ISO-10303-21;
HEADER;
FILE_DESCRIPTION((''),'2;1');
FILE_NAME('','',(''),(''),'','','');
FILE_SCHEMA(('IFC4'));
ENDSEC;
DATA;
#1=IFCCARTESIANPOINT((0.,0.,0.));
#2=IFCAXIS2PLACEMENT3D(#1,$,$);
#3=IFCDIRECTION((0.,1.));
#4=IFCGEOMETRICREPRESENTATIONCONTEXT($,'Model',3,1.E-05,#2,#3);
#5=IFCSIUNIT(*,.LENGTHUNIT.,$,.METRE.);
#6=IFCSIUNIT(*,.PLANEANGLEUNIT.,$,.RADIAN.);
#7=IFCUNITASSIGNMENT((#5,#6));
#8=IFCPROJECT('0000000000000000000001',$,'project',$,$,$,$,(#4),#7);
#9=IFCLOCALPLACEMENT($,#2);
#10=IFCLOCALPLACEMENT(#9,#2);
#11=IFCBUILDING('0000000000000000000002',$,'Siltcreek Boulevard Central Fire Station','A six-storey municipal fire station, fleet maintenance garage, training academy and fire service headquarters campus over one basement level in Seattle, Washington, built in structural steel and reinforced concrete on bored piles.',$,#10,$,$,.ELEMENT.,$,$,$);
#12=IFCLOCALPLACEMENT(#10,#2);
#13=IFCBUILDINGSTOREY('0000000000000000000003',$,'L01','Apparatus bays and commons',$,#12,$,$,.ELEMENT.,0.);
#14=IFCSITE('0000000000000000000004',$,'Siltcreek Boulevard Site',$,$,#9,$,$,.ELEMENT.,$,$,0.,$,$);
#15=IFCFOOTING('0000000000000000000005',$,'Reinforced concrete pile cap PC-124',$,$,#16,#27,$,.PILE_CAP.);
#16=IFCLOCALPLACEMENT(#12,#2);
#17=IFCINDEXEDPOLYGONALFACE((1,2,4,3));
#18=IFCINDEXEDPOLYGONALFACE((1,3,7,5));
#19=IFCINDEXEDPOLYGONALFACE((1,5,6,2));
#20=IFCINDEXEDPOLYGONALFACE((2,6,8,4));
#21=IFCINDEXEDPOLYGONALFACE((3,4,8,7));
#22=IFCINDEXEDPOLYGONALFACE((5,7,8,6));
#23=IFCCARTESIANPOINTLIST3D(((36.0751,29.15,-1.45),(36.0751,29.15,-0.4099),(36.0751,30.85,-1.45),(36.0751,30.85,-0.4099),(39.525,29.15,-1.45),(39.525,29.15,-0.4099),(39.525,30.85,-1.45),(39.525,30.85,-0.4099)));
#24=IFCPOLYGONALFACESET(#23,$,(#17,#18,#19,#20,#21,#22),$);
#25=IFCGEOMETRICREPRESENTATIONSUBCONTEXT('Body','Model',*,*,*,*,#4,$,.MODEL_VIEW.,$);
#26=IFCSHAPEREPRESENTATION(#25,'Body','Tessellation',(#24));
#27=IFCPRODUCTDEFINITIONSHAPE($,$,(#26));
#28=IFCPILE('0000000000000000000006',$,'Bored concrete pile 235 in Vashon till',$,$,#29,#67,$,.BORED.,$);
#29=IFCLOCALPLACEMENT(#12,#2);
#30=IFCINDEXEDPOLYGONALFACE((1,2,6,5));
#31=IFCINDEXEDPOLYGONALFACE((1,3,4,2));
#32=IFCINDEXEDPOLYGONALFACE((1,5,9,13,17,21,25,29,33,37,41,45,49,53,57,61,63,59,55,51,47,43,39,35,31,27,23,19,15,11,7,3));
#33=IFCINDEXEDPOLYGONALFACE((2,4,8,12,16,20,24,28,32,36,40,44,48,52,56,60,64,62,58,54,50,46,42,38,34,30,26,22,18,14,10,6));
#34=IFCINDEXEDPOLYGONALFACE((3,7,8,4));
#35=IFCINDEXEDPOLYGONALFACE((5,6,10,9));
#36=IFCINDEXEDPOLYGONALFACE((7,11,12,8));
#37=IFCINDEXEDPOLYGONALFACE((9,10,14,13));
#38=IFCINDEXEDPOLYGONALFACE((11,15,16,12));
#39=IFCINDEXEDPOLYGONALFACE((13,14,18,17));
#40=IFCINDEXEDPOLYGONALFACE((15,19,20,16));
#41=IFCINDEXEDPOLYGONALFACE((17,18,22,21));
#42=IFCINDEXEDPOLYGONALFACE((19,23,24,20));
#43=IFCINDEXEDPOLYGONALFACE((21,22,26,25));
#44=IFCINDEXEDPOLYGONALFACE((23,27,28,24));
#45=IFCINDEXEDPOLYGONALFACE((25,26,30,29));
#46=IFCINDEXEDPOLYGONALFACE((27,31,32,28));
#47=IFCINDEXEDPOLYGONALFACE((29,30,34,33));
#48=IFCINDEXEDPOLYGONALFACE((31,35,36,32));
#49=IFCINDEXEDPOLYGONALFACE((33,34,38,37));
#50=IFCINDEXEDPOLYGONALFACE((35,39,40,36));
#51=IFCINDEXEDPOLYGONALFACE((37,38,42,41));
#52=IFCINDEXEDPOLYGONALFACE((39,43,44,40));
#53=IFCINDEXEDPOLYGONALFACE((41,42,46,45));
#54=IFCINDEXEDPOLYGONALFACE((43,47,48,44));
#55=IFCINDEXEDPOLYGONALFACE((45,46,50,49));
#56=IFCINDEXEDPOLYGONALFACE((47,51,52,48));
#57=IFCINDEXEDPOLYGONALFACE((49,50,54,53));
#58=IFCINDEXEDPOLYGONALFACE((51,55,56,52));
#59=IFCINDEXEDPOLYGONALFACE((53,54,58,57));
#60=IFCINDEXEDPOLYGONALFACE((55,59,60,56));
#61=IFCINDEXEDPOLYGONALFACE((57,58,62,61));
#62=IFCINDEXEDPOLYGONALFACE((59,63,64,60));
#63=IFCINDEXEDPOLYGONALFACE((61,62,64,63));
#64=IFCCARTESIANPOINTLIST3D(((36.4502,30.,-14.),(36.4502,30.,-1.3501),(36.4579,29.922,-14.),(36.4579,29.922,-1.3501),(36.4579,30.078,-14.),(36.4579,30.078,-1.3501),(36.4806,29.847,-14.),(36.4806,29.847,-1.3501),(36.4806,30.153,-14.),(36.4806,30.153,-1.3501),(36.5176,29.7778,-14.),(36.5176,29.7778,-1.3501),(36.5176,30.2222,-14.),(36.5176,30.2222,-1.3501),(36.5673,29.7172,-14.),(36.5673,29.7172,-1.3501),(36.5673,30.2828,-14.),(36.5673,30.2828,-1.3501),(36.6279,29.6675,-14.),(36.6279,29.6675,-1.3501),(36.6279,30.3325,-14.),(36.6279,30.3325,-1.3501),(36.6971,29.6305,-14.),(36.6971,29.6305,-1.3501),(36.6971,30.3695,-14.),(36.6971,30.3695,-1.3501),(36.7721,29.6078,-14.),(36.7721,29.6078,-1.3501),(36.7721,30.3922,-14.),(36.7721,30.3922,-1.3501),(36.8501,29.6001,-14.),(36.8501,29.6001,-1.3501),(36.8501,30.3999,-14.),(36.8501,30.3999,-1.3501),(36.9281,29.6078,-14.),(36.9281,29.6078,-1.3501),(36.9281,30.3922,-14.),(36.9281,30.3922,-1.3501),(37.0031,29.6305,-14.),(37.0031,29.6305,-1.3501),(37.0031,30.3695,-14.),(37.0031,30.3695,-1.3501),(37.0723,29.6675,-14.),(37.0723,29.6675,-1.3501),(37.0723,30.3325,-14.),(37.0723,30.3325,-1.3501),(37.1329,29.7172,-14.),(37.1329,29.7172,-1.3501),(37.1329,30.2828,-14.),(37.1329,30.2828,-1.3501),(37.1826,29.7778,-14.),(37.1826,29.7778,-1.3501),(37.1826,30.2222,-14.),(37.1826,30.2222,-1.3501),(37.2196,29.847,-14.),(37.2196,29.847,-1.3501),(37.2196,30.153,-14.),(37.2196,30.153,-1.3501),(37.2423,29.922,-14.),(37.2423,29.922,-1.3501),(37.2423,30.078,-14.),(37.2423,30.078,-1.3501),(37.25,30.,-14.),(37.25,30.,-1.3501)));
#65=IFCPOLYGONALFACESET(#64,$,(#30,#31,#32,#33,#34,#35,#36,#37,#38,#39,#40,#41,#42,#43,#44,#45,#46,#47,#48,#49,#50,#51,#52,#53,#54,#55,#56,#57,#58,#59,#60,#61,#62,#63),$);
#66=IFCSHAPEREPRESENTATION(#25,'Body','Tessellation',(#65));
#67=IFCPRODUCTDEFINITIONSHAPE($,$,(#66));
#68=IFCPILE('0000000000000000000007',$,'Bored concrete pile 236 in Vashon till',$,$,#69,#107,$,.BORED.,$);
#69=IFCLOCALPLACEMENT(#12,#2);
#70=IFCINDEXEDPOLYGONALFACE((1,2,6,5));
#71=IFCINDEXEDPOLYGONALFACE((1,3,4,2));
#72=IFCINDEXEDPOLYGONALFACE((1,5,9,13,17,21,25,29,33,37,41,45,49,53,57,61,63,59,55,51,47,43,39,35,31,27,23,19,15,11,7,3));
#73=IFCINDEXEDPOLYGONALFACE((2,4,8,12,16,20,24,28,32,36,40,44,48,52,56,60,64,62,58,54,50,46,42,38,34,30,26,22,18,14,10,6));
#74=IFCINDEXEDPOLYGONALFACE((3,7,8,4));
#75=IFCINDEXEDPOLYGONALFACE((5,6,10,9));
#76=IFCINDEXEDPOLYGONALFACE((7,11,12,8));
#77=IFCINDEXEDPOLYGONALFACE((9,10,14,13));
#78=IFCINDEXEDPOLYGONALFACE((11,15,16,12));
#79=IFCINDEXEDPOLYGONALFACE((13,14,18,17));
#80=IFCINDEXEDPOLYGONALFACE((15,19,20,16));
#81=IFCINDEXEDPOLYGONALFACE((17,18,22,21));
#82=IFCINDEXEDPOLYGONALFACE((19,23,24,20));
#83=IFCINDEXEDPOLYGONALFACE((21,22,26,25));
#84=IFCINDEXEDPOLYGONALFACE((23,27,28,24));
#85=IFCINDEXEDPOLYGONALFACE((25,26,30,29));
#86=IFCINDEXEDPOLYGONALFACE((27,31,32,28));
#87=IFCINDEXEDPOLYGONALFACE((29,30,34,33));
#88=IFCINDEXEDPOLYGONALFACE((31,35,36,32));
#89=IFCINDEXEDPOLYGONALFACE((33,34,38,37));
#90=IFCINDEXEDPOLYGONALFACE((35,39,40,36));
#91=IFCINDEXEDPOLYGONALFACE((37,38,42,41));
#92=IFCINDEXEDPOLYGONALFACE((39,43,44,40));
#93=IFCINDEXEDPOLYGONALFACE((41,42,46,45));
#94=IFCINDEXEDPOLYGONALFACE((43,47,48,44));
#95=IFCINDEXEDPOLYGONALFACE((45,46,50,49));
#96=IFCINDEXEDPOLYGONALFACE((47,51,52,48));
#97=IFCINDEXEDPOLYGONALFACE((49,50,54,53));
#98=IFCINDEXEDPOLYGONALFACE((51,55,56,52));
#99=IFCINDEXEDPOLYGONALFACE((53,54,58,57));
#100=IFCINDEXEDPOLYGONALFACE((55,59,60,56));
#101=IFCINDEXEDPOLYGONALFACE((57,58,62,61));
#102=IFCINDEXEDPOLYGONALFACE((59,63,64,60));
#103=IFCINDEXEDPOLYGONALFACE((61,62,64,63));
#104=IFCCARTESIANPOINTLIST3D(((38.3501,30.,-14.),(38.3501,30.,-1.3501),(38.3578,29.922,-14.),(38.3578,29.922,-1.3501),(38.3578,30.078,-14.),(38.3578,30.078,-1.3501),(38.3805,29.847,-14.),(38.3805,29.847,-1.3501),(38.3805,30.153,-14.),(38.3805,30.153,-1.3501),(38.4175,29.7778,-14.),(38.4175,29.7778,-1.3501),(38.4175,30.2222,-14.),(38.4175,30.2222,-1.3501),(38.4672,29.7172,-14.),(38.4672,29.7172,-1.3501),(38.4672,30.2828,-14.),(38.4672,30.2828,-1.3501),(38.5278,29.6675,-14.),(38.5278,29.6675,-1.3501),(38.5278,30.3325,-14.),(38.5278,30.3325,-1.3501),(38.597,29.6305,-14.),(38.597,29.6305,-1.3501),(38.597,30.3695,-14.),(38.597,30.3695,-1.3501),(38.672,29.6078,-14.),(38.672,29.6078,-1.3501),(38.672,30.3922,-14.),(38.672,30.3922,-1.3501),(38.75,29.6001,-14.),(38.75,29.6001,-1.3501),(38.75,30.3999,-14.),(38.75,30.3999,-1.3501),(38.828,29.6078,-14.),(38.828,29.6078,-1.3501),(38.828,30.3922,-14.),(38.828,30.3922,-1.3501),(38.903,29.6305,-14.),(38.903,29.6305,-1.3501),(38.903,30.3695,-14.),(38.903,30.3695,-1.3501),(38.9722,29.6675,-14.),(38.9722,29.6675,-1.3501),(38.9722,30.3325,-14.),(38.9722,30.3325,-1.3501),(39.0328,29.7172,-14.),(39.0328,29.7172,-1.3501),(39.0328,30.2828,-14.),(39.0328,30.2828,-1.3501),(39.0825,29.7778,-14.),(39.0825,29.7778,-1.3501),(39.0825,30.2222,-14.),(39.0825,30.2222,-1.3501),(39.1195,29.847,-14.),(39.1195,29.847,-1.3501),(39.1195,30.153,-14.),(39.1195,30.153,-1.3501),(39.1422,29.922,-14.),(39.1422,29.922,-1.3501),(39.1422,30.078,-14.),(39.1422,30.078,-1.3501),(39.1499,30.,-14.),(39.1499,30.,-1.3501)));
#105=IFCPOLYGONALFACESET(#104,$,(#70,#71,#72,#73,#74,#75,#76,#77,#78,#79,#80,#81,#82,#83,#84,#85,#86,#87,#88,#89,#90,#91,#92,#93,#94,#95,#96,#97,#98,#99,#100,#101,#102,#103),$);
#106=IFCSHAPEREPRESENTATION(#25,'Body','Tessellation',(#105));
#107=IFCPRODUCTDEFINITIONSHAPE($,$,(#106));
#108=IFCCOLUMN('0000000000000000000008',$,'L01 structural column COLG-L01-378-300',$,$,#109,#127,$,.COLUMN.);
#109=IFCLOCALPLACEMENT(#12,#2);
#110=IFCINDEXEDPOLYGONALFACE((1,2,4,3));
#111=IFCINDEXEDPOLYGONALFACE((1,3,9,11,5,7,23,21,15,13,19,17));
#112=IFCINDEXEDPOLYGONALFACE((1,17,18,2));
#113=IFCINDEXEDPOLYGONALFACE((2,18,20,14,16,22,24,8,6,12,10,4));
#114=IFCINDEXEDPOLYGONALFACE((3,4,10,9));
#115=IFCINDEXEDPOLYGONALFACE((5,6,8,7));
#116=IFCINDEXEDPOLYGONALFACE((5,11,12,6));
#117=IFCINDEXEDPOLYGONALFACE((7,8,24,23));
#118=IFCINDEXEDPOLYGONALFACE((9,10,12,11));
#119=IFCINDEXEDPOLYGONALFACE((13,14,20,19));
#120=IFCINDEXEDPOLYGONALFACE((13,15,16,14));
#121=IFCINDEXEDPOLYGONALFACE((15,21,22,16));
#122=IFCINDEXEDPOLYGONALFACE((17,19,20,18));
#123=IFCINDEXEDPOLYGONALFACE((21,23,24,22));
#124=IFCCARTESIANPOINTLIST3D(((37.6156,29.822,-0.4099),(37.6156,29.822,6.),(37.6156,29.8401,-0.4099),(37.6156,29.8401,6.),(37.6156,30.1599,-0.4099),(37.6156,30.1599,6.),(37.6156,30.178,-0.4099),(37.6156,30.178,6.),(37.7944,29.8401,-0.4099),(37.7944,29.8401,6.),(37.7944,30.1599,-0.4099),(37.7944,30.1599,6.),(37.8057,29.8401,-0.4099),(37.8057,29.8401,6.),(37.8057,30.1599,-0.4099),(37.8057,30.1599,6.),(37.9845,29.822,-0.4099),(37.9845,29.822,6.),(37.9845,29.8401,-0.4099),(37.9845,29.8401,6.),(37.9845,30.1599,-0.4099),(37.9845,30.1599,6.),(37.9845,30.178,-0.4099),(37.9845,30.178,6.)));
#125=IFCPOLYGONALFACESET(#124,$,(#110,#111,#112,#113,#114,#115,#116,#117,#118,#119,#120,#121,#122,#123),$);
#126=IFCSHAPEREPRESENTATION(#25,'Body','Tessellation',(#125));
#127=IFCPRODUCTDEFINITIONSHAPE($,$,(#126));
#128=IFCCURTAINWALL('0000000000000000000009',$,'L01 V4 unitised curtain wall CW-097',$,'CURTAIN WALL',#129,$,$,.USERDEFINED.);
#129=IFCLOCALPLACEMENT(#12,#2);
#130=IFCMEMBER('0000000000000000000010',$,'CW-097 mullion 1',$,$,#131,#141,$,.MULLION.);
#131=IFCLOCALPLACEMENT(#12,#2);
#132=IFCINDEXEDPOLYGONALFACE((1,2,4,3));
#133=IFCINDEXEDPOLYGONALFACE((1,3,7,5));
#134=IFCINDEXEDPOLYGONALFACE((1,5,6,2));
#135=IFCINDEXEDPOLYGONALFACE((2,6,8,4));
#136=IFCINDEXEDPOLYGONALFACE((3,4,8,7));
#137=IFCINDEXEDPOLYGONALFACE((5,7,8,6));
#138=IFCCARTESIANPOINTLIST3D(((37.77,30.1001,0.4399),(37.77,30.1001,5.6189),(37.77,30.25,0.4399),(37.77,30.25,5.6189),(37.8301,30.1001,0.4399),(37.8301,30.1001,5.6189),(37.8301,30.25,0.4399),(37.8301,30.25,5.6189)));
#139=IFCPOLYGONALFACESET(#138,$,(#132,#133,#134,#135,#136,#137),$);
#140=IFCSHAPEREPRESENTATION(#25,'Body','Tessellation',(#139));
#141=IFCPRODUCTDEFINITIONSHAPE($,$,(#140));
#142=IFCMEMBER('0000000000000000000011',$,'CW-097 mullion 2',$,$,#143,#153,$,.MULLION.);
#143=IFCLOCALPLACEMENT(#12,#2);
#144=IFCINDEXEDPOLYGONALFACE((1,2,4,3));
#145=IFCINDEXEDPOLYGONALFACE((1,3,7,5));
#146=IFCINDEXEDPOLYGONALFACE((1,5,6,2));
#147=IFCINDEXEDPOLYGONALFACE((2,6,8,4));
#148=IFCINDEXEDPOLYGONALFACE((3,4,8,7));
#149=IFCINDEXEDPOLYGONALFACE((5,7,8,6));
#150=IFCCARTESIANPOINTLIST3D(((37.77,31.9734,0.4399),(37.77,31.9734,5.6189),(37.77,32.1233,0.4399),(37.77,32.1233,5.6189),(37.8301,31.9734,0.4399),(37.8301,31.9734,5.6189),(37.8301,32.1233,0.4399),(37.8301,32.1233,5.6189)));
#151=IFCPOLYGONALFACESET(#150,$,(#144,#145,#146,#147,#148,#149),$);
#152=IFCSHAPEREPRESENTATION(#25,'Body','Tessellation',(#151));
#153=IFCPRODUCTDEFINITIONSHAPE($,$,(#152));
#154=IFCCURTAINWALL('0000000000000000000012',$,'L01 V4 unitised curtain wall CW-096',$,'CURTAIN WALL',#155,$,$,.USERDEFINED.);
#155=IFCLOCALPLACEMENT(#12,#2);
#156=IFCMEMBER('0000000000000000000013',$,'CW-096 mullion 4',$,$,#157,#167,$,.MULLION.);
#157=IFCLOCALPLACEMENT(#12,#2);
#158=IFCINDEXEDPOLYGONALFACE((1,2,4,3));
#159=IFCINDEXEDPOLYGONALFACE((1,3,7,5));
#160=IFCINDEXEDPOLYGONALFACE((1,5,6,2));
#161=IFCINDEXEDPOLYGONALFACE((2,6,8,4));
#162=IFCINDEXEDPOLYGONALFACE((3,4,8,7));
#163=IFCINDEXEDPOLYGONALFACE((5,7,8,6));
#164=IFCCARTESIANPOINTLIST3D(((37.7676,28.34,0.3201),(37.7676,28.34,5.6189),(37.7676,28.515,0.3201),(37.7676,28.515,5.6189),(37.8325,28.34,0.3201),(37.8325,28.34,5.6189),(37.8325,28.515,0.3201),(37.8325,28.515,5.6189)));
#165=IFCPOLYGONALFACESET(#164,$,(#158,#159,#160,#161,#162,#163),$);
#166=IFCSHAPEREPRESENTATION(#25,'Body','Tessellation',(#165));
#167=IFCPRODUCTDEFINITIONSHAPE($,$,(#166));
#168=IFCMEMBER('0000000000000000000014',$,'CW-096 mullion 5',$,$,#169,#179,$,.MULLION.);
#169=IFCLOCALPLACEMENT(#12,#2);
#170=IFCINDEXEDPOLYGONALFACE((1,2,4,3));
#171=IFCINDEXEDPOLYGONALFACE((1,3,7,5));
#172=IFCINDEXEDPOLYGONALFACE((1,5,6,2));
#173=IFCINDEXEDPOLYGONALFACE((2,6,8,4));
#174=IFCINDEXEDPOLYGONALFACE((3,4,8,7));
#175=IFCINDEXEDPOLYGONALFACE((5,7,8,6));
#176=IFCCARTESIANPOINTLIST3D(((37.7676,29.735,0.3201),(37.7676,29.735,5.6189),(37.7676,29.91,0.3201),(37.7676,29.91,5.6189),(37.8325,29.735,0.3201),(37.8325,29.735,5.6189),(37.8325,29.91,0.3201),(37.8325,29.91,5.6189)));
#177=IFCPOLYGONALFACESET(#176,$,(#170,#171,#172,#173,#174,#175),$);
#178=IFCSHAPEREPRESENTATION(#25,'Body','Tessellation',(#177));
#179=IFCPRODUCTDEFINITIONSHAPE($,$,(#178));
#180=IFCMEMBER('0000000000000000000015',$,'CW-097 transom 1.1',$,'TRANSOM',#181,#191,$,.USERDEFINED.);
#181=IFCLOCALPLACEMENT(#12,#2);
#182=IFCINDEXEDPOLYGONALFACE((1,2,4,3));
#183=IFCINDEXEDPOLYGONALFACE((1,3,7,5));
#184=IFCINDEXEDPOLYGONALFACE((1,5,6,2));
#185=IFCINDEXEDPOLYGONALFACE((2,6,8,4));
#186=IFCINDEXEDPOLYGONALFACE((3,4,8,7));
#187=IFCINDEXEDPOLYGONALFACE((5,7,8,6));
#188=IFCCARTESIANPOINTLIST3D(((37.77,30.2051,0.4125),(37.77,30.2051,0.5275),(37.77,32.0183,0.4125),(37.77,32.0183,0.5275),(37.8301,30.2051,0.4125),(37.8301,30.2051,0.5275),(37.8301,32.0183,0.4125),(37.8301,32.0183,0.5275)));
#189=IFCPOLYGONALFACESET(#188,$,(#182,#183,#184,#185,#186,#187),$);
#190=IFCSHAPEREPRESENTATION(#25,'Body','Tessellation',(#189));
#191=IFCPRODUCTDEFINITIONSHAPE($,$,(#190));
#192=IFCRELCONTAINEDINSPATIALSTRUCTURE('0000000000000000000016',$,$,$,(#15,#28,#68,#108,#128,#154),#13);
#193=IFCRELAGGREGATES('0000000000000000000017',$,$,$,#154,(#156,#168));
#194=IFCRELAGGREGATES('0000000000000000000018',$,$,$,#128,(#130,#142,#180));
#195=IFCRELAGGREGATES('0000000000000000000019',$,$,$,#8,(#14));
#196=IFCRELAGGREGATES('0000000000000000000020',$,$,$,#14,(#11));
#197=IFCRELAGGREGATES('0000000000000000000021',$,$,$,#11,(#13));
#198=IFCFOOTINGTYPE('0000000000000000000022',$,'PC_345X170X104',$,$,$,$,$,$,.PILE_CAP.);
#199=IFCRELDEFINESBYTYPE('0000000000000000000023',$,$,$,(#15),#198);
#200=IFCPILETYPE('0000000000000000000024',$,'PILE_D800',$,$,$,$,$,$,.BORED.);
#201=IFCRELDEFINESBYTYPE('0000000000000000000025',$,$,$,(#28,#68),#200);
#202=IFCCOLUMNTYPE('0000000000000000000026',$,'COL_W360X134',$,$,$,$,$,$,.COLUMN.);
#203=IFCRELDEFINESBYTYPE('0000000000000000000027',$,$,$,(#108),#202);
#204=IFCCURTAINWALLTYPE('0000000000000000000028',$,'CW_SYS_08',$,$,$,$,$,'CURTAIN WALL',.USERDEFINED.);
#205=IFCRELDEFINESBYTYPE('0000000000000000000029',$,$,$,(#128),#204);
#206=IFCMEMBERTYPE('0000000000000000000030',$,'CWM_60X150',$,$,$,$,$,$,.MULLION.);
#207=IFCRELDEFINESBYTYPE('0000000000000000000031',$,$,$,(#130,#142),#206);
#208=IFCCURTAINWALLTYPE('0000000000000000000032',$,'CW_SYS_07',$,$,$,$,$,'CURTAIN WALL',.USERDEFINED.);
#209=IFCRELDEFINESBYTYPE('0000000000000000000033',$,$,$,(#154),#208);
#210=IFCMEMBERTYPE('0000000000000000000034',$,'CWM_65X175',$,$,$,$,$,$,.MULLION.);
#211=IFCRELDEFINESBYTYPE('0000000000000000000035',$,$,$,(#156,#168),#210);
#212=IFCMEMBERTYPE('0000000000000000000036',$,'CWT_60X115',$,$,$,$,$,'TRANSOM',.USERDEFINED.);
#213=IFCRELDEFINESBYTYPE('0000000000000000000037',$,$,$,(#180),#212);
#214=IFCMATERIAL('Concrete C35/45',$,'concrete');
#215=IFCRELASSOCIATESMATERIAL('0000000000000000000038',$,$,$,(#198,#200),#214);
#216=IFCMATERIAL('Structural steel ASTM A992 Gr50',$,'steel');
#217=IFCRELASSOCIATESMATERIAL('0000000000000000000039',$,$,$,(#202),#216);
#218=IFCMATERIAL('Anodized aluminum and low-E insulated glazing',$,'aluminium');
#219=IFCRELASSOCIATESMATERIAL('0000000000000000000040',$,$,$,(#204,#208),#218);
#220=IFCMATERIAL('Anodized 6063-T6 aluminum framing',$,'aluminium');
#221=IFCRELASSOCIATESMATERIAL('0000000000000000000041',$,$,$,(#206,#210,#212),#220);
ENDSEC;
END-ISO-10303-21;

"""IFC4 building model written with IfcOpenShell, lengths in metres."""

from ifc_helpers import new_model, si_unit, direction, frame, origin, origin_2d, place, context, subcontext, project, spatial, rectangle, circle, i_section, extrude, material, material_profile, profile_set, type_object, element, aggregate, save


model = new_model("IFC4")

# Units and contexts
model_context = context("Model", 3, precision=1e-05, world=origin(), true_north=direction((0.0, 1.0)))
body_context = subcontext(model_context, "Body", "Model", "MODEL_VIEW")
ifc_project = project(units=[si_unit("LENGTHUNIT", "METRE"), si_unit("PLANEANGLEUNIT", "RADIAN")], contexts=[model_context])

# Site, building, storey
site_placement = place(None, origin())
site = spatial("IfcSite", under=ifc_project, at=site_placement, Name="Siltcreek Boulevard Site", CompositionType="ELEMENT", RefElevation=0.0)
building_placement = place(site_placement, origin())
building = spatial("IfcBuilding", under=site, at=building_placement, Name="Siltcreek Boulevard Central Fire Station", Description="A six-storey municipal fire station, fleet maintenance garage, training academy and fire service headquarters campus over one basement level in Seattle, Washington, built in structural steel and reinforced concrete on bored piles.", CompositionType="ELEMENT")
storey_placement = place(building_placement, origin())
storey = spatial("IfcBuildingStorey", under=building, at=storey_placement, Name="L01", Description="Apparatus bays and commons", CompositionType="ELEMENT", Elevation=0.0)

# Footing
ifc_material_1 = material(Name="Concrete C35/45", Category="concrete")
footing_type = type_object("IfcFootingType", Name="PC_345X170X104", PredefinedType="PILE_CAP", material=ifc_material_1)
footing_placement = place(storey_placement, frame((37.8, 30.0, -1.45), z_axis=(0.0, 0.0, 1.0), x_axis=(1.0, 0.0, 0.0)))
element("IfcFooting", 1, at=footing_placement, inside=storey, type_object=footing_type, Name="Reinforced concrete pile cap PC-124", PredefinedType="PILE_CAP", context=body_context, shape_type="SweptSolid", body=[
    extrude(rectangle(XDim=3.45, YDim=1.7, at=origin_2d()), origin(), (0.0, 0.0, 1.0), 1.04),
])

# Piles
ifc_material_profile_1 = material_profile(ifc_material_1, circle(Radius=0.3999, at=origin_2d()), Name="SHAFT800")
ifc_profile_set_1 = profile_set([ifc_material_profile_1], Name="Concrete C35/45")
pile_type = type_object("IfcPileType", Name="PILE_D800", PredefinedType="BORED", material=ifc_profile_set_1)
for number, where, z_axis, x_axis, name in (
    (2, (36.8501, 30.0, -1.3501), (0.0, 0.0, -1.0), (1.0, 0.0, 0.0), "Bored concrete pile 235 in Vashon till"),
    (3, (38.75, 30.0, -1.3501), (0.0, 0.0, -1.0), (1.0, 0.0, 0.0), "Bored concrete pile 236 in Vashon till"),
):
    element("IfcPile", number, at=place(storey_placement, frame(where, z_axis=z_axis, x_axis=x_axis)), inside=storey, type_object=pile_type, Name=name, PredefinedType="BORED", context=body_context, shape_type="SweptSolid", body=[
        extrude(circle(Radius=0.3999, at=origin_2d()), origin(), (0.0, 0.0, 1.0), 12.6499),
    ])

# Column
ifc_material_2 = material(Name="Structural steel ASTM A992 Gr50", Category="steel")
ifc_material_profile_2 = material_profile(ifc_material_2, i_section(OverallWidth=0.3689, OverallDepth=0.356, WebThickness=0.0112, FlangeThickness=0.0181, at=origin_2d()), Name="W360X134")
ifc_profile_set_2 = profile_set([ifc_material_profile_2], Name="Structural steel ASTM A992 Gr50")
column_type = type_object("IfcColumnType", Name="COL_W360X134", PredefinedType="COLUMN", material=ifc_profile_set_2)
column_placement = place(storey_placement, frame((37.8, 30.0, -0.4099), z_axis=(0.0, 0.0, 1.0), x_axis=(1.0, 0.0, 0.0)))
element("IfcColumn", 4, at=column_placement, inside=storey, type_object=column_type, Name="L01 structural column COLG-L01-378-300", PredefinedType="COLUMN", context=body_context, shape_type="SweptSolid", body=[
    extrude(i_section(OverallWidth=0.3689, OverallDepth=0.356, WebThickness=0.0112, FlangeThickness=0.0181, at=origin_2d()), origin(), (0.0, 0.0, 1.0), 6.4099),
])

# Curtain walls, members
ifc_material_3 = material(Name="Anodized aluminum and low-E insulated glazing", Category="aluminium")
curtain_wall_type_1 = type_object("IfcCurtainWallType", Name="CW_SYS_08", ElementType="CURTAIN WALL", PredefinedType="USERDEFINED", material=ifc_material_3)
curtain_wall_1_placement = place(storey_placement, origin())
curtain_wall_1 = element("IfcCurtainWall", 5, at=curtain_wall_1_placement, inside=storey, type_object=curtain_wall_type_1, Name="L01 V4 unitised curtain wall CW-097", ObjectType="CURTAIN WALL", PredefinedType="USERDEFINED")
ifc_material_4 = material(Name="Anodized 6063-T6 aluminum framing", Category="aluminium")
ifc_material_profile_3 = material_profile(ifc_material_4, rectangle(XDim=0.0601, YDim=0.1499, at=origin_2d()), Name="MULL60X150")
ifc_profile_set_3 = profile_set([ifc_material_profile_3], Name="Anodized 6063-T6 aluminum framing")
member_type_1 = type_object("IfcMemberType", Name="CWM_60X150", PredefinedType="MULLION", material=ifc_profile_set_3)
member_1_placement = place(storey_placement, frame((37.8, 30.175, 0.4399), z_axis=(0.0, 0.0, 1.0), x_axis=(-1.0, 0.0, 0.0)))
member_1 = element("IfcMember", 6, at=member_1_placement, type_object=member_type_1, Name="CW-097 mullion 1", PredefinedType="MULLION", context=body_context, shape_type="SweptSolid", body=[
    extrude(rectangle(XDim=0.0601, YDim=0.1499, at=origin_2d()), origin(), (0.0, 0.0, 1.0), 5.179),
])
member_2_placement = place(storey_placement, frame((37.8, 32.0483, 0.4399), z_axis=(0.0, 0.0, 1.0), x_axis=(-1.0, 0.0, 0.0)))
member_2 = element("IfcMember", 7, at=member_2_placement, type_object=member_type_1, Name="CW-097 mullion 2", PredefinedType="MULLION", context=body_context, shape_type="SweptSolid", body=[
    extrude(rectangle(XDim=0.0601, YDim=0.1499, at=origin_2d()), origin(), (0.0, 0.0, 1.0), 5.179),
])
curtain_wall_type_2 = type_object("IfcCurtainWallType", Name="CW_SYS_07", ElementType="CURTAIN WALL", PredefinedType="USERDEFINED", material=ifc_material_3)
curtain_wall_2_placement = place(storey_placement, origin())
curtain_wall_2 = element("IfcCurtainWall", 8, at=curtain_wall_2_placement, inside=storey, type_object=curtain_wall_type_2, Name="L01 V4 unitised curtain wall CW-096", ObjectType="CURTAIN WALL", PredefinedType="USERDEFINED")
ifc_material_profile_4 = material_profile(ifc_material_4, rectangle(XDim=0.0649, YDim=0.175, at=origin_2d()), Name="MULL65X175")
ifc_profile_set_4 = profile_set([ifc_material_profile_4], Name="Anodized 6063-T6 aluminum framing")
member_type_2 = type_object("IfcMemberType", Name="CWM_65X175", PredefinedType="MULLION", material=ifc_profile_set_4)
member_3_placement = place(storey_placement, frame((37.8, 28.4275, 0.3201), z_axis=(0.0, 0.0, 1.0), x_axis=(-1.0, 0.0, 0.0)))
member_3 = element("IfcMember", 9, at=member_3_placement, type_object=member_type_2, Name="CW-096 mullion 4", PredefinedType="MULLION", context=body_context, shape_type="SweptSolid", body=[
    extrude(rectangle(XDim=0.0649, YDim=0.175, at=origin_2d()), origin(), (0.0, 0.0, 1.0), 5.2988),
])
member_4_placement = place(storey_placement, frame((37.8, 29.8225, 0.3201), z_axis=(0.0, 0.0, 1.0), x_axis=(-1.0, 0.0, 0.0)))
member_4 = element("IfcMember", 10, at=member_4_placement, type_object=member_type_2, Name="CW-096 mullion 5", PredefinedType="MULLION", context=body_context, shape_type="SweptSolid", body=[
    extrude(rectangle(XDim=0.0649, YDim=0.175, at=origin_2d()), origin(), (0.0, 0.0, 1.0), 5.2988),
])

# Member
ifc_material_profile_5 = material_profile(ifc_material_4, rectangle(XDim=0.0601, YDim=0.115, at=origin_2d()), Name="TRAN60X115")
ifc_profile_set_5 = profile_set([ifc_material_profile_5], Name="Anodized 6063-T6 aluminum framing")
member_type_3 = type_object("IfcMemberType", Name="CWT_60X115", ElementType="TRANSOM", PredefinedType="USERDEFINED", material=ifc_profile_set_5)
member_5_placement = place(storey_placement, frame((37.8, 30.2051, 0.47), z_axis=(0.0, 1.0, 0.0), x_axis=(-1.0, 0.0, 0.0)))
member_5 = element("IfcMember", 11, at=member_5_placement, type_object=member_type_3, Name="CW-097 transom 1.1", ObjectType="TRANSOM", PredefinedType="USERDEFINED", context=body_context, shape_type="SweptSolid", body=[
    extrude(rectangle(XDim=0.0601, YDim=0.115, at=origin_2d()), origin(), (0.0, 0.0, 1.0), 1.8132),
])

aggregate(curtain_wall_2, [member_3, member_4])
aggregate(curtain_wall_1, [member_1, member_2, member_5])

save(model, "model.ifc")
